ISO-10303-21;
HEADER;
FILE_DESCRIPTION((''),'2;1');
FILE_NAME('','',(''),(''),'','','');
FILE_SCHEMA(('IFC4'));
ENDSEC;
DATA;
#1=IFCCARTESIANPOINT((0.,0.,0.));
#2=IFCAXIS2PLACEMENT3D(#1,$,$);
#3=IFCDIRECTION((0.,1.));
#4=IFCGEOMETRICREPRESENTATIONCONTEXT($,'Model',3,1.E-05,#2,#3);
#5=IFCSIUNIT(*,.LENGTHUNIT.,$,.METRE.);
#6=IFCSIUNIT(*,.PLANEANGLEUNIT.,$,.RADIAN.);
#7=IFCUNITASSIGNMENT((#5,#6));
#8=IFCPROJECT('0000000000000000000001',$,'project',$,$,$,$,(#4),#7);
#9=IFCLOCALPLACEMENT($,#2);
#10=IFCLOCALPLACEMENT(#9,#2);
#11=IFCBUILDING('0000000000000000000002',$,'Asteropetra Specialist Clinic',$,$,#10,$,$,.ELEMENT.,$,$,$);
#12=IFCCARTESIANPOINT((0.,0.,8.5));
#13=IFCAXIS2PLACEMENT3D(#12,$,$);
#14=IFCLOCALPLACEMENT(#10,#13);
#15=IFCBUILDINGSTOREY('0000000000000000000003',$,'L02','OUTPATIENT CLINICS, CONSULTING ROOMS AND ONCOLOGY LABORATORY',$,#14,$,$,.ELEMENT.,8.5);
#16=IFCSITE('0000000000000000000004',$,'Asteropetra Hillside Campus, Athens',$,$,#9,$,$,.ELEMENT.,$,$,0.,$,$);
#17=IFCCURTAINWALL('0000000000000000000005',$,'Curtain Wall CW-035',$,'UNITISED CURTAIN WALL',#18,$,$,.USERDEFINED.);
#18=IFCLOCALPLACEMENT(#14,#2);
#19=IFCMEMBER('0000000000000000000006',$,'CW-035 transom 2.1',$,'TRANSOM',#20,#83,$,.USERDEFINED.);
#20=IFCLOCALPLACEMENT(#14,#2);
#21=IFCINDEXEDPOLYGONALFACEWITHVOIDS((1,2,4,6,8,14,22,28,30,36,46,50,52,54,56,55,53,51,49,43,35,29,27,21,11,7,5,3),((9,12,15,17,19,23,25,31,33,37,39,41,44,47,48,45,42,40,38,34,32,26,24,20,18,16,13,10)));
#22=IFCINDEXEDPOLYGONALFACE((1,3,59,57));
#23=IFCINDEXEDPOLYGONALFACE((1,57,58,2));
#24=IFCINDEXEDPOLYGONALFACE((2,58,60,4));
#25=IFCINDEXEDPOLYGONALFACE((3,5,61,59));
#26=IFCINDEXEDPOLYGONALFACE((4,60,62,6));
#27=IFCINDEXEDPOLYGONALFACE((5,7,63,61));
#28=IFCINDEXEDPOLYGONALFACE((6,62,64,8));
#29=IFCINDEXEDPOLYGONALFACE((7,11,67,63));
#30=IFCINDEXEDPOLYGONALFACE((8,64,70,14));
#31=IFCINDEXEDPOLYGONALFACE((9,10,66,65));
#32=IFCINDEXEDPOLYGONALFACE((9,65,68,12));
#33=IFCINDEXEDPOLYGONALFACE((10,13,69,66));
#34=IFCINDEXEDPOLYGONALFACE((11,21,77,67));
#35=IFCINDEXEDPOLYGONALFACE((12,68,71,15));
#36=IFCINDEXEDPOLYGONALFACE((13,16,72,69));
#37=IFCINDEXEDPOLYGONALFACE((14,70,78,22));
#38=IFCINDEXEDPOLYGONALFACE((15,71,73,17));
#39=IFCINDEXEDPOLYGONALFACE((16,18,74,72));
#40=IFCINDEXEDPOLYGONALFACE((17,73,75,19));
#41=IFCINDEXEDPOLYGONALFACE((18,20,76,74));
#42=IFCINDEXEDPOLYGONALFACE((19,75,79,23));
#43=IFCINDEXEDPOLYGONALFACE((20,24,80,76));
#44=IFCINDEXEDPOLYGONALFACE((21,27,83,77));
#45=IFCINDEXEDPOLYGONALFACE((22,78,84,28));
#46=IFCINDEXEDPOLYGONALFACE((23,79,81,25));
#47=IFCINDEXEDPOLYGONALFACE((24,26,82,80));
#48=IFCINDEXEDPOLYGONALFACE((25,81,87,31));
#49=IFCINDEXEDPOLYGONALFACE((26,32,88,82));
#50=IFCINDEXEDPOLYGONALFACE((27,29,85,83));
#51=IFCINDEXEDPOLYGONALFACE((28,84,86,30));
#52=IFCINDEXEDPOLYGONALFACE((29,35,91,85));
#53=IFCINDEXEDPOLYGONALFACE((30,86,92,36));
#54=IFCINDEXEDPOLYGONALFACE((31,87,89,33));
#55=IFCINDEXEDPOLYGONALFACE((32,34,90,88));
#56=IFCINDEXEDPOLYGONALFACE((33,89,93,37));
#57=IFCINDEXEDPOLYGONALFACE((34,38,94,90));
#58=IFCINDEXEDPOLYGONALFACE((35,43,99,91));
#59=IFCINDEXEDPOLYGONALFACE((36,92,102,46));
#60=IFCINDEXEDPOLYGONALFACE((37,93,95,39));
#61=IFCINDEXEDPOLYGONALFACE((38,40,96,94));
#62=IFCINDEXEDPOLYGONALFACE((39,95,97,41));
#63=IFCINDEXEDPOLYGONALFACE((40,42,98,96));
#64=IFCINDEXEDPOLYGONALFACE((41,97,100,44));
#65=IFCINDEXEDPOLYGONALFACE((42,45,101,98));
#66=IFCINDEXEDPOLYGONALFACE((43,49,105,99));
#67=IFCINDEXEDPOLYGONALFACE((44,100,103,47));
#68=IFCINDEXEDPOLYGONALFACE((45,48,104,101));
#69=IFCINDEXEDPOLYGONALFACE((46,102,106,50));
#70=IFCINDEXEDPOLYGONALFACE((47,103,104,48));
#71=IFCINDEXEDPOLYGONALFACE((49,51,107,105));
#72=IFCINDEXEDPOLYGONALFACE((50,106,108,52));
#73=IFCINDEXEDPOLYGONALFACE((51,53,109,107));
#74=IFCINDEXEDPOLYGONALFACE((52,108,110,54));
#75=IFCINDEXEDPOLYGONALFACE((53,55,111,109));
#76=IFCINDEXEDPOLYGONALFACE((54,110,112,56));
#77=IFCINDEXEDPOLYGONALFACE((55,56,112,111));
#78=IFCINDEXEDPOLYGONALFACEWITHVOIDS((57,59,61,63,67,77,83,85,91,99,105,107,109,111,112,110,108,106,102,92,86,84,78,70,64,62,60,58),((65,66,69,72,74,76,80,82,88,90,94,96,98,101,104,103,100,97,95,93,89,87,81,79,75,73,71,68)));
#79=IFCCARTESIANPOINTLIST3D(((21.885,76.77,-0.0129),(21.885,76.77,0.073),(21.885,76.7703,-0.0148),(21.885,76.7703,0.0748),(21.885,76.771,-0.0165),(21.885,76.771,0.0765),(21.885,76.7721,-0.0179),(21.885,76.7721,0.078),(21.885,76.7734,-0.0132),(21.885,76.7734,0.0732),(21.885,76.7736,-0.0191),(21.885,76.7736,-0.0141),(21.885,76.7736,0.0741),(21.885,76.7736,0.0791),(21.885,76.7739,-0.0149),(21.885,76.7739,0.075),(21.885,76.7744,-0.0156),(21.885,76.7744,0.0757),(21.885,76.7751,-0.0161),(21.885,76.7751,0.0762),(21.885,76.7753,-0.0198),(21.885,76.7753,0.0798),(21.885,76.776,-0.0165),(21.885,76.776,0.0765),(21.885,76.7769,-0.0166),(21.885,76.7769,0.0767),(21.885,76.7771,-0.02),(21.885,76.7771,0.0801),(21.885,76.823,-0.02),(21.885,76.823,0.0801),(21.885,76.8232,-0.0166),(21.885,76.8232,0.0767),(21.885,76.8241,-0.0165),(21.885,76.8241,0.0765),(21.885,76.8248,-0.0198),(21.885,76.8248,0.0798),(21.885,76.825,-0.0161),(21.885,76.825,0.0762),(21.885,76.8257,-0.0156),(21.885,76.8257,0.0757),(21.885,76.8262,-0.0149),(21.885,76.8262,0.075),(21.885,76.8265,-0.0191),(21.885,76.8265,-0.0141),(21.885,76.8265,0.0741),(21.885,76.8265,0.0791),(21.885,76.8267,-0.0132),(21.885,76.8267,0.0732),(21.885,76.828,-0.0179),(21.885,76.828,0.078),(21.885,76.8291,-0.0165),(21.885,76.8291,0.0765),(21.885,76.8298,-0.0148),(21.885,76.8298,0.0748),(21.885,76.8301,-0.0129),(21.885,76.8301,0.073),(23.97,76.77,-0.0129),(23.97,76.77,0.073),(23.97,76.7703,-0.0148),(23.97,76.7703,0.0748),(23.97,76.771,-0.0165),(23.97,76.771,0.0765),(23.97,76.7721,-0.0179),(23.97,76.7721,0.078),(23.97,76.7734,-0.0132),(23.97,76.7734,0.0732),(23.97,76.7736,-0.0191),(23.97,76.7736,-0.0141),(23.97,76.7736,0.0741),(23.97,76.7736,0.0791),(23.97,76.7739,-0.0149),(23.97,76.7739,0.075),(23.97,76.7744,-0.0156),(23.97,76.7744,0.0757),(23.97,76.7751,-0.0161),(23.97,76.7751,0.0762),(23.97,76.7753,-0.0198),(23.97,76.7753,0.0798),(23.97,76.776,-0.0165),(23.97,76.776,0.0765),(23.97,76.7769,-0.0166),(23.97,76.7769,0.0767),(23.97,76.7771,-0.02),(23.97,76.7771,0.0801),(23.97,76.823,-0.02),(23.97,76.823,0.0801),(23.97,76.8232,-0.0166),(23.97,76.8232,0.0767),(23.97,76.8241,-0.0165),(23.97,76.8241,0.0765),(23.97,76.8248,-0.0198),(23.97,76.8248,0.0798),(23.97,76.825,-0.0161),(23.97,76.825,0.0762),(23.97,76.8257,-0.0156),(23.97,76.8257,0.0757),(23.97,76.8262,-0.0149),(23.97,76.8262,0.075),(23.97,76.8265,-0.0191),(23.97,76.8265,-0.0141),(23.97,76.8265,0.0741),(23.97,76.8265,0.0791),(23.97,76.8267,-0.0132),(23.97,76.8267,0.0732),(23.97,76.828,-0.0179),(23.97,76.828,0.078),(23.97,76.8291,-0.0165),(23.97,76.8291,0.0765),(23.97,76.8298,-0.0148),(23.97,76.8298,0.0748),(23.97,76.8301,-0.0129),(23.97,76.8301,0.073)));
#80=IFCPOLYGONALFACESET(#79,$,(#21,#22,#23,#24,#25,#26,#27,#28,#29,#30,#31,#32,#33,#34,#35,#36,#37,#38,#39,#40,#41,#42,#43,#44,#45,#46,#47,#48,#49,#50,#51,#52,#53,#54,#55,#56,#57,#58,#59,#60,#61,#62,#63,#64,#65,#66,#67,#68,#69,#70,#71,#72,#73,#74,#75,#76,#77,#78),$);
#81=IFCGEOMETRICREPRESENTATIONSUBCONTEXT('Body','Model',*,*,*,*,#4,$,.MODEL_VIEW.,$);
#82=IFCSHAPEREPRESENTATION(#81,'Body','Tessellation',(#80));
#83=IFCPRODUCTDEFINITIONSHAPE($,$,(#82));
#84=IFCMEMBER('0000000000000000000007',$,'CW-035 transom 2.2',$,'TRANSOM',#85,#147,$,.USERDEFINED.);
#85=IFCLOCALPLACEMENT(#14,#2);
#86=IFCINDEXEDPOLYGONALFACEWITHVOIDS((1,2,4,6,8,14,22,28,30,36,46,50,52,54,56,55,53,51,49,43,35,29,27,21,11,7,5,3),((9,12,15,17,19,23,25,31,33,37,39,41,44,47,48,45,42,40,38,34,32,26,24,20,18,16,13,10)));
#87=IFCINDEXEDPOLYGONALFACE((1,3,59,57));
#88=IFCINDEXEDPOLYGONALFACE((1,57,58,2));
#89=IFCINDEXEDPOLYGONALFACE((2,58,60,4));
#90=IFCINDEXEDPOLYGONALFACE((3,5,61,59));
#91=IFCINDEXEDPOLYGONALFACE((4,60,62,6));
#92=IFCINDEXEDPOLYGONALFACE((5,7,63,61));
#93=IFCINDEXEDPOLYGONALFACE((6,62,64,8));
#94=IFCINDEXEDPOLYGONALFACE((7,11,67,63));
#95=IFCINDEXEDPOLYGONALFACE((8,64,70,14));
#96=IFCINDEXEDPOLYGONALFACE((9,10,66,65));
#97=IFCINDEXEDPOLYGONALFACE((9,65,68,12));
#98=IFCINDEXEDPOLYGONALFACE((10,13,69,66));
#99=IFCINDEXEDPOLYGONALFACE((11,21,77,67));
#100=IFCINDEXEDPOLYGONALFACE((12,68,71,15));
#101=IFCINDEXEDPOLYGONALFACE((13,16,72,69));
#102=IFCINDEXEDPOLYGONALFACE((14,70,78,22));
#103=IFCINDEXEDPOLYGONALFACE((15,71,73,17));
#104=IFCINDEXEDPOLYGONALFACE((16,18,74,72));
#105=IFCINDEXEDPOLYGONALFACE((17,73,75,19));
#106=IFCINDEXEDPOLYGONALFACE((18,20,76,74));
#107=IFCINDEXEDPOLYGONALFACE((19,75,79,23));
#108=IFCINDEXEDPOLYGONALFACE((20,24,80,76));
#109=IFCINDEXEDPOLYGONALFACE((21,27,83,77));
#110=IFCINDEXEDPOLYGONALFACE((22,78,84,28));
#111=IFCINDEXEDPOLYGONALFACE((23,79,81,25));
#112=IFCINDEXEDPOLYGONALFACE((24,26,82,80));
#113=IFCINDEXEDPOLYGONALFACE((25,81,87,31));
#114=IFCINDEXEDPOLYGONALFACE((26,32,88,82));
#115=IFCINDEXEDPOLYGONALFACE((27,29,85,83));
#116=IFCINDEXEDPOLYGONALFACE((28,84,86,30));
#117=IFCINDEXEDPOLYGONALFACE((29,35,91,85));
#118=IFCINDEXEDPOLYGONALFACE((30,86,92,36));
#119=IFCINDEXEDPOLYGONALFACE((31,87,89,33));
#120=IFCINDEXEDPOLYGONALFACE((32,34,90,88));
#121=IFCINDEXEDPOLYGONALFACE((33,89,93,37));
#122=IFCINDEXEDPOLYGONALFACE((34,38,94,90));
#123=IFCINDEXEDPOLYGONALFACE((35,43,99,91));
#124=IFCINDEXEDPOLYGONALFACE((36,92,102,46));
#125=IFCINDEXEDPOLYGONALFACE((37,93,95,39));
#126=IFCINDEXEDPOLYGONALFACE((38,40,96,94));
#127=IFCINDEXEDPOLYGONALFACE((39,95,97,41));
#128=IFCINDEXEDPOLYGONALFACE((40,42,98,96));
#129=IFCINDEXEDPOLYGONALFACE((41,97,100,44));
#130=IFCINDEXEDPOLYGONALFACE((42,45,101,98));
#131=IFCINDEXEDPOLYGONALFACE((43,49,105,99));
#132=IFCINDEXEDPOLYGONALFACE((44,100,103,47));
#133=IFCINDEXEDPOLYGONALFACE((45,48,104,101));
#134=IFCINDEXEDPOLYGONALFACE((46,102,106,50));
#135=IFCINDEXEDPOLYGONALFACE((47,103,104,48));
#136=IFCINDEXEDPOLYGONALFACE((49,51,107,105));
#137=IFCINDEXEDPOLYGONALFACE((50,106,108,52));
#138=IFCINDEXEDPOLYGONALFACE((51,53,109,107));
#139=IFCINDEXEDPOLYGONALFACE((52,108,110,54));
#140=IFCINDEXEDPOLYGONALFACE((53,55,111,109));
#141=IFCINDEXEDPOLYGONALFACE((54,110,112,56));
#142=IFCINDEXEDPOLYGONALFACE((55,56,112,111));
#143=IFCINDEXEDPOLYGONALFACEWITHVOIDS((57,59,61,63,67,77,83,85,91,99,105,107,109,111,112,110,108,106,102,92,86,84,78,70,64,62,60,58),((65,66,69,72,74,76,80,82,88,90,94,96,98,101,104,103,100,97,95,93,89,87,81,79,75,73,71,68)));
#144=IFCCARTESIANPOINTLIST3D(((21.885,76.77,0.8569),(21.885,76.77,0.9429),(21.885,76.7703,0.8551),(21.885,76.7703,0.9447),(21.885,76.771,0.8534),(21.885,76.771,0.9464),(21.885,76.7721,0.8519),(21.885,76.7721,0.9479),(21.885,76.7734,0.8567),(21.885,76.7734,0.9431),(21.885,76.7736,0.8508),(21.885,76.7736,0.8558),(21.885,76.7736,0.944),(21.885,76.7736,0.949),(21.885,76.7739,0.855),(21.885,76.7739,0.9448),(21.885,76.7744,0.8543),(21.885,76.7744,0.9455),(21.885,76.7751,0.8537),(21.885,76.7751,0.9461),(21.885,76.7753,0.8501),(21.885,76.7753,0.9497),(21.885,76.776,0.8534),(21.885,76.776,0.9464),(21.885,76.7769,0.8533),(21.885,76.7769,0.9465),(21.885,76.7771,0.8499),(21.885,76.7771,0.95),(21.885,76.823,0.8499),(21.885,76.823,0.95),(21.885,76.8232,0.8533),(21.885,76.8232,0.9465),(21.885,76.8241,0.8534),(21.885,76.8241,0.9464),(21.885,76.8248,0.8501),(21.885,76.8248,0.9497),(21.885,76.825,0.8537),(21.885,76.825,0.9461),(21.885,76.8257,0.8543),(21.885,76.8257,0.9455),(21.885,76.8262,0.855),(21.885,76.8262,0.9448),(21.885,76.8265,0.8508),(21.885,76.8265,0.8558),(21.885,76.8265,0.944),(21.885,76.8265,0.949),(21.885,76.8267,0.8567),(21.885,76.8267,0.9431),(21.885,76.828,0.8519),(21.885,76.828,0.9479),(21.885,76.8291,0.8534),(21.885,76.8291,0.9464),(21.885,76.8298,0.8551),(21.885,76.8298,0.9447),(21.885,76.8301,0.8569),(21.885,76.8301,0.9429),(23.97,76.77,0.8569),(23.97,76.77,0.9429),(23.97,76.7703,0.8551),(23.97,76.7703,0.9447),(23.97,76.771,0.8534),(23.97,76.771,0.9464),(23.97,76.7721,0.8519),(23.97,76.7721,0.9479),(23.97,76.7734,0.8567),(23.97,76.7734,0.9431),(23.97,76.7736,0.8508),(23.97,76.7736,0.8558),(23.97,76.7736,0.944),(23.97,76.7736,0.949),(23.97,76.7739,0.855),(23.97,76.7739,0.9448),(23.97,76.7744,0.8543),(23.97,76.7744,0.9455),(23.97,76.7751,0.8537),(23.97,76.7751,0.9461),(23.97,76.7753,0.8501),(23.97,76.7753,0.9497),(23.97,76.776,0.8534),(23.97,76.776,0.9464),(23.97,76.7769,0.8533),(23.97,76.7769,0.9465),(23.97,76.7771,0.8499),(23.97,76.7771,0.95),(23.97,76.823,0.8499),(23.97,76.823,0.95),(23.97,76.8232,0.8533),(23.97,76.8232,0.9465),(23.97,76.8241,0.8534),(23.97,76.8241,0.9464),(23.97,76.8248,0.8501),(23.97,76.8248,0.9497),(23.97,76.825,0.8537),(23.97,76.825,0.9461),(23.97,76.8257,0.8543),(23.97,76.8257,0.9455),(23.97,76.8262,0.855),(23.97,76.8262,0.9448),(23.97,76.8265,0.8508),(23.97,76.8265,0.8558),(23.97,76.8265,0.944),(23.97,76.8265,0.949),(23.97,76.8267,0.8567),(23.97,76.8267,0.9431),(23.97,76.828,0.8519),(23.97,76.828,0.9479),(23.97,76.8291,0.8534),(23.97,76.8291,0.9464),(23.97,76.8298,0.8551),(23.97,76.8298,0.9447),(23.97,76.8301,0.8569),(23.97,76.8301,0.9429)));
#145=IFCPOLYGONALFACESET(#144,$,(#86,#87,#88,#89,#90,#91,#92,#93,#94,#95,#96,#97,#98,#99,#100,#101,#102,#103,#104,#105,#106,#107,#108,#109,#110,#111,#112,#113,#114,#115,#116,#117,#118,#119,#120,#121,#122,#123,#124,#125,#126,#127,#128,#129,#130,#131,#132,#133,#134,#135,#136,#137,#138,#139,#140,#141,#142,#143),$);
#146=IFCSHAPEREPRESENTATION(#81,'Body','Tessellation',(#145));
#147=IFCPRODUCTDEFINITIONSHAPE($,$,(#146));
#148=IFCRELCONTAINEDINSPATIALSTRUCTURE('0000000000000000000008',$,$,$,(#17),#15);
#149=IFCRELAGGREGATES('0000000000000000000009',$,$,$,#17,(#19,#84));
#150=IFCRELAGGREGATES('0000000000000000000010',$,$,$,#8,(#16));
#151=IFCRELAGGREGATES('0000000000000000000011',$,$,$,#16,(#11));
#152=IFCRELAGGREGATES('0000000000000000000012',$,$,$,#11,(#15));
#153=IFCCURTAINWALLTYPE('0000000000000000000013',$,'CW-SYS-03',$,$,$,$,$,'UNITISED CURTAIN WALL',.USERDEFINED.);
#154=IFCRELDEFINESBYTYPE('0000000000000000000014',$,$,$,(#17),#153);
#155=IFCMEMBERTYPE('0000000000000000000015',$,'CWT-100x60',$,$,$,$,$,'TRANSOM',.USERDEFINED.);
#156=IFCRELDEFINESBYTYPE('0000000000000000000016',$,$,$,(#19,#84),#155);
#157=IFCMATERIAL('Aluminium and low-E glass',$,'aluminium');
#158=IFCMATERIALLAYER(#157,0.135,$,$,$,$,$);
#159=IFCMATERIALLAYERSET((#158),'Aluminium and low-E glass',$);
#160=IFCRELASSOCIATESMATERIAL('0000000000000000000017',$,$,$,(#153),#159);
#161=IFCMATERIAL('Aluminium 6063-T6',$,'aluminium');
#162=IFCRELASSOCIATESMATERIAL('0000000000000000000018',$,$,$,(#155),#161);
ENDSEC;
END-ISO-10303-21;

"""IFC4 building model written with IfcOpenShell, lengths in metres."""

from ifc_helpers import new_model, si_unit, direction, frame, origin, origin_2d, place, context, subcontext, project, spatial, hollow_rectangle, extrude, material, layer, layer_set, material_profile, profile_set, type_object, element, aggregate, save


model = new_model("IFC4")

# Units and contexts
model_context = context("Model", 3, precision=1e-05, world=origin(), true_north=direction((0.0, 1.0)))
body_context = subcontext(model_context, "Body", "Model", "MODEL_VIEW")
ifc_project = project(units=[si_unit("LENGTHUNIT", "METRE"), si_unit("PLANEANGLEUNIT", "RADIAN")], contexts=[model_context])

# Site, building, storey
site_placement = place(None, origin())
site = spatial("IfcSite", under=ifc_project, at=site_placement, Name="Asteropetra Hillside Campus, Athens", CompositionType="ELEMENT", RefElevation=0.0)
building_placement = place(site_placement, origin())
building = spatial("IfcBuilding", under=site, at=building_placement, Name="Asteropetra Specialist Clinic", CompositionType="ELEMENT")
storey_placement = place(building_placement, frame((0.0, 0.0, 8.5)))
storey = spatial("IfcBuildingStorey", under=building, at=storey_placement, Name="L02", Description="OUTPATIENT CLINICS, CONSULTING ROOMS AND ONCOLOGY LABORATORY", CompositionType="ELEMENT", Elevation=8.5)

# Curtain wall
ifc_material_1 = material(Name="Aluminium and low-E glass", Category="aluminium")
ifc_layer_1 = layer(ifc_material_1, 0.135)
ifc_layer_set_1 = layer_set([ifc_layer_1], Name="Aluminium and low-E glass")
curtain_wall_type_1 = type_object("IfcCurtainWallType", Name="CW-SYS-03", ElementType="UNITISED CURTAIN WALL", PredefinedType="USERDEFINED", material=ifc_layer_set_1)
curtain_wall_1_placement = place(storey_placement, origin())
curtain_wall_1 = element("IfcCurtainWall", 1, at=curtain_wall_1_placement, inside=storey, type_object=curtain_wall_type_1, Name="Curtain Wall CW-035", ObjectType="UNITISED CURTAIN WALL", PredefinedType="USERDEFINED")

# Members
ifc_material_2 = material(Name="Aluminium 6063-T6", Category="aluminium")
ifc_material_profile_1 = material_profile(ifc_material_2, hollow_rectangle(XDim=0.0601, YDim=0.1001, WallThickness=0.0034, InnerFilletRadius=0.0034, OuterFilletRadius=0.0071, at=origin_2d()), Name="TRN 100x60x3.5")
ifc_profile_set_1 = profile_set([ifc_material_profile_1], Name="Aluminium 6063-T6")
member_type_1 = type_object("IfcMemberType", Name="CWT-100x60", ElementType="TRANSOM", PredefinedType="USERDEFINED", material=ifc_profile_set_1)
member_1_placement = place(storey_placement, frame((21.885, 76.8, 0.03), z_axis=(1.0, 0.0, 0.0), x_axis=(0.0, 1.0, 0.0)))
member_1 = element("IfcMember", 2, at=member_1_placement, type_object=member_type_1, Name="CW-035 transom 2.1", ObjectType="TRANSOM", PredefinedType="USERDEFINED", context=body_context, shape_type="SweptSolid", body=[
    extrude(hollow_rectangle(XDim=0.0601, YDim=0.1001, WallThickness=0.0034, InnerFilletRadius=0.0034, OuterFilletRadius=0.0071, at=origin_2d()), origin(), (0.0, 0.0, 1.0), 2.085),
])
member_2_placement = place(storey_placement, frame((21.885, 76.8, 0.8999), z_axis=(1.0, 0.0, 0.0), x_axis=(0.0, 1.0, 0.0)))
member_2 = element("IfcMember", 3, at=member_2_placement, type_object=member_type_1, Name="CW-035 transom 2.2", ObjectType="TRANSOM", PredefinedType="USERDEFINED", context=body_context, shape_type="SweptSolid", body=[
    extrude(hollow_rectangle(XDim=0.0601, YDim=0.1001, WallThickness=0.0034, InnerFilletRadius=0.0034, OuterFilletRadius=0.0071, at=origin_2d()), origin(), (0.0, 0.0, 1.0), 2.085),
])

aggregate(curtain_wall_1, [member_1, member_2])

save(model, "model.ifc")
